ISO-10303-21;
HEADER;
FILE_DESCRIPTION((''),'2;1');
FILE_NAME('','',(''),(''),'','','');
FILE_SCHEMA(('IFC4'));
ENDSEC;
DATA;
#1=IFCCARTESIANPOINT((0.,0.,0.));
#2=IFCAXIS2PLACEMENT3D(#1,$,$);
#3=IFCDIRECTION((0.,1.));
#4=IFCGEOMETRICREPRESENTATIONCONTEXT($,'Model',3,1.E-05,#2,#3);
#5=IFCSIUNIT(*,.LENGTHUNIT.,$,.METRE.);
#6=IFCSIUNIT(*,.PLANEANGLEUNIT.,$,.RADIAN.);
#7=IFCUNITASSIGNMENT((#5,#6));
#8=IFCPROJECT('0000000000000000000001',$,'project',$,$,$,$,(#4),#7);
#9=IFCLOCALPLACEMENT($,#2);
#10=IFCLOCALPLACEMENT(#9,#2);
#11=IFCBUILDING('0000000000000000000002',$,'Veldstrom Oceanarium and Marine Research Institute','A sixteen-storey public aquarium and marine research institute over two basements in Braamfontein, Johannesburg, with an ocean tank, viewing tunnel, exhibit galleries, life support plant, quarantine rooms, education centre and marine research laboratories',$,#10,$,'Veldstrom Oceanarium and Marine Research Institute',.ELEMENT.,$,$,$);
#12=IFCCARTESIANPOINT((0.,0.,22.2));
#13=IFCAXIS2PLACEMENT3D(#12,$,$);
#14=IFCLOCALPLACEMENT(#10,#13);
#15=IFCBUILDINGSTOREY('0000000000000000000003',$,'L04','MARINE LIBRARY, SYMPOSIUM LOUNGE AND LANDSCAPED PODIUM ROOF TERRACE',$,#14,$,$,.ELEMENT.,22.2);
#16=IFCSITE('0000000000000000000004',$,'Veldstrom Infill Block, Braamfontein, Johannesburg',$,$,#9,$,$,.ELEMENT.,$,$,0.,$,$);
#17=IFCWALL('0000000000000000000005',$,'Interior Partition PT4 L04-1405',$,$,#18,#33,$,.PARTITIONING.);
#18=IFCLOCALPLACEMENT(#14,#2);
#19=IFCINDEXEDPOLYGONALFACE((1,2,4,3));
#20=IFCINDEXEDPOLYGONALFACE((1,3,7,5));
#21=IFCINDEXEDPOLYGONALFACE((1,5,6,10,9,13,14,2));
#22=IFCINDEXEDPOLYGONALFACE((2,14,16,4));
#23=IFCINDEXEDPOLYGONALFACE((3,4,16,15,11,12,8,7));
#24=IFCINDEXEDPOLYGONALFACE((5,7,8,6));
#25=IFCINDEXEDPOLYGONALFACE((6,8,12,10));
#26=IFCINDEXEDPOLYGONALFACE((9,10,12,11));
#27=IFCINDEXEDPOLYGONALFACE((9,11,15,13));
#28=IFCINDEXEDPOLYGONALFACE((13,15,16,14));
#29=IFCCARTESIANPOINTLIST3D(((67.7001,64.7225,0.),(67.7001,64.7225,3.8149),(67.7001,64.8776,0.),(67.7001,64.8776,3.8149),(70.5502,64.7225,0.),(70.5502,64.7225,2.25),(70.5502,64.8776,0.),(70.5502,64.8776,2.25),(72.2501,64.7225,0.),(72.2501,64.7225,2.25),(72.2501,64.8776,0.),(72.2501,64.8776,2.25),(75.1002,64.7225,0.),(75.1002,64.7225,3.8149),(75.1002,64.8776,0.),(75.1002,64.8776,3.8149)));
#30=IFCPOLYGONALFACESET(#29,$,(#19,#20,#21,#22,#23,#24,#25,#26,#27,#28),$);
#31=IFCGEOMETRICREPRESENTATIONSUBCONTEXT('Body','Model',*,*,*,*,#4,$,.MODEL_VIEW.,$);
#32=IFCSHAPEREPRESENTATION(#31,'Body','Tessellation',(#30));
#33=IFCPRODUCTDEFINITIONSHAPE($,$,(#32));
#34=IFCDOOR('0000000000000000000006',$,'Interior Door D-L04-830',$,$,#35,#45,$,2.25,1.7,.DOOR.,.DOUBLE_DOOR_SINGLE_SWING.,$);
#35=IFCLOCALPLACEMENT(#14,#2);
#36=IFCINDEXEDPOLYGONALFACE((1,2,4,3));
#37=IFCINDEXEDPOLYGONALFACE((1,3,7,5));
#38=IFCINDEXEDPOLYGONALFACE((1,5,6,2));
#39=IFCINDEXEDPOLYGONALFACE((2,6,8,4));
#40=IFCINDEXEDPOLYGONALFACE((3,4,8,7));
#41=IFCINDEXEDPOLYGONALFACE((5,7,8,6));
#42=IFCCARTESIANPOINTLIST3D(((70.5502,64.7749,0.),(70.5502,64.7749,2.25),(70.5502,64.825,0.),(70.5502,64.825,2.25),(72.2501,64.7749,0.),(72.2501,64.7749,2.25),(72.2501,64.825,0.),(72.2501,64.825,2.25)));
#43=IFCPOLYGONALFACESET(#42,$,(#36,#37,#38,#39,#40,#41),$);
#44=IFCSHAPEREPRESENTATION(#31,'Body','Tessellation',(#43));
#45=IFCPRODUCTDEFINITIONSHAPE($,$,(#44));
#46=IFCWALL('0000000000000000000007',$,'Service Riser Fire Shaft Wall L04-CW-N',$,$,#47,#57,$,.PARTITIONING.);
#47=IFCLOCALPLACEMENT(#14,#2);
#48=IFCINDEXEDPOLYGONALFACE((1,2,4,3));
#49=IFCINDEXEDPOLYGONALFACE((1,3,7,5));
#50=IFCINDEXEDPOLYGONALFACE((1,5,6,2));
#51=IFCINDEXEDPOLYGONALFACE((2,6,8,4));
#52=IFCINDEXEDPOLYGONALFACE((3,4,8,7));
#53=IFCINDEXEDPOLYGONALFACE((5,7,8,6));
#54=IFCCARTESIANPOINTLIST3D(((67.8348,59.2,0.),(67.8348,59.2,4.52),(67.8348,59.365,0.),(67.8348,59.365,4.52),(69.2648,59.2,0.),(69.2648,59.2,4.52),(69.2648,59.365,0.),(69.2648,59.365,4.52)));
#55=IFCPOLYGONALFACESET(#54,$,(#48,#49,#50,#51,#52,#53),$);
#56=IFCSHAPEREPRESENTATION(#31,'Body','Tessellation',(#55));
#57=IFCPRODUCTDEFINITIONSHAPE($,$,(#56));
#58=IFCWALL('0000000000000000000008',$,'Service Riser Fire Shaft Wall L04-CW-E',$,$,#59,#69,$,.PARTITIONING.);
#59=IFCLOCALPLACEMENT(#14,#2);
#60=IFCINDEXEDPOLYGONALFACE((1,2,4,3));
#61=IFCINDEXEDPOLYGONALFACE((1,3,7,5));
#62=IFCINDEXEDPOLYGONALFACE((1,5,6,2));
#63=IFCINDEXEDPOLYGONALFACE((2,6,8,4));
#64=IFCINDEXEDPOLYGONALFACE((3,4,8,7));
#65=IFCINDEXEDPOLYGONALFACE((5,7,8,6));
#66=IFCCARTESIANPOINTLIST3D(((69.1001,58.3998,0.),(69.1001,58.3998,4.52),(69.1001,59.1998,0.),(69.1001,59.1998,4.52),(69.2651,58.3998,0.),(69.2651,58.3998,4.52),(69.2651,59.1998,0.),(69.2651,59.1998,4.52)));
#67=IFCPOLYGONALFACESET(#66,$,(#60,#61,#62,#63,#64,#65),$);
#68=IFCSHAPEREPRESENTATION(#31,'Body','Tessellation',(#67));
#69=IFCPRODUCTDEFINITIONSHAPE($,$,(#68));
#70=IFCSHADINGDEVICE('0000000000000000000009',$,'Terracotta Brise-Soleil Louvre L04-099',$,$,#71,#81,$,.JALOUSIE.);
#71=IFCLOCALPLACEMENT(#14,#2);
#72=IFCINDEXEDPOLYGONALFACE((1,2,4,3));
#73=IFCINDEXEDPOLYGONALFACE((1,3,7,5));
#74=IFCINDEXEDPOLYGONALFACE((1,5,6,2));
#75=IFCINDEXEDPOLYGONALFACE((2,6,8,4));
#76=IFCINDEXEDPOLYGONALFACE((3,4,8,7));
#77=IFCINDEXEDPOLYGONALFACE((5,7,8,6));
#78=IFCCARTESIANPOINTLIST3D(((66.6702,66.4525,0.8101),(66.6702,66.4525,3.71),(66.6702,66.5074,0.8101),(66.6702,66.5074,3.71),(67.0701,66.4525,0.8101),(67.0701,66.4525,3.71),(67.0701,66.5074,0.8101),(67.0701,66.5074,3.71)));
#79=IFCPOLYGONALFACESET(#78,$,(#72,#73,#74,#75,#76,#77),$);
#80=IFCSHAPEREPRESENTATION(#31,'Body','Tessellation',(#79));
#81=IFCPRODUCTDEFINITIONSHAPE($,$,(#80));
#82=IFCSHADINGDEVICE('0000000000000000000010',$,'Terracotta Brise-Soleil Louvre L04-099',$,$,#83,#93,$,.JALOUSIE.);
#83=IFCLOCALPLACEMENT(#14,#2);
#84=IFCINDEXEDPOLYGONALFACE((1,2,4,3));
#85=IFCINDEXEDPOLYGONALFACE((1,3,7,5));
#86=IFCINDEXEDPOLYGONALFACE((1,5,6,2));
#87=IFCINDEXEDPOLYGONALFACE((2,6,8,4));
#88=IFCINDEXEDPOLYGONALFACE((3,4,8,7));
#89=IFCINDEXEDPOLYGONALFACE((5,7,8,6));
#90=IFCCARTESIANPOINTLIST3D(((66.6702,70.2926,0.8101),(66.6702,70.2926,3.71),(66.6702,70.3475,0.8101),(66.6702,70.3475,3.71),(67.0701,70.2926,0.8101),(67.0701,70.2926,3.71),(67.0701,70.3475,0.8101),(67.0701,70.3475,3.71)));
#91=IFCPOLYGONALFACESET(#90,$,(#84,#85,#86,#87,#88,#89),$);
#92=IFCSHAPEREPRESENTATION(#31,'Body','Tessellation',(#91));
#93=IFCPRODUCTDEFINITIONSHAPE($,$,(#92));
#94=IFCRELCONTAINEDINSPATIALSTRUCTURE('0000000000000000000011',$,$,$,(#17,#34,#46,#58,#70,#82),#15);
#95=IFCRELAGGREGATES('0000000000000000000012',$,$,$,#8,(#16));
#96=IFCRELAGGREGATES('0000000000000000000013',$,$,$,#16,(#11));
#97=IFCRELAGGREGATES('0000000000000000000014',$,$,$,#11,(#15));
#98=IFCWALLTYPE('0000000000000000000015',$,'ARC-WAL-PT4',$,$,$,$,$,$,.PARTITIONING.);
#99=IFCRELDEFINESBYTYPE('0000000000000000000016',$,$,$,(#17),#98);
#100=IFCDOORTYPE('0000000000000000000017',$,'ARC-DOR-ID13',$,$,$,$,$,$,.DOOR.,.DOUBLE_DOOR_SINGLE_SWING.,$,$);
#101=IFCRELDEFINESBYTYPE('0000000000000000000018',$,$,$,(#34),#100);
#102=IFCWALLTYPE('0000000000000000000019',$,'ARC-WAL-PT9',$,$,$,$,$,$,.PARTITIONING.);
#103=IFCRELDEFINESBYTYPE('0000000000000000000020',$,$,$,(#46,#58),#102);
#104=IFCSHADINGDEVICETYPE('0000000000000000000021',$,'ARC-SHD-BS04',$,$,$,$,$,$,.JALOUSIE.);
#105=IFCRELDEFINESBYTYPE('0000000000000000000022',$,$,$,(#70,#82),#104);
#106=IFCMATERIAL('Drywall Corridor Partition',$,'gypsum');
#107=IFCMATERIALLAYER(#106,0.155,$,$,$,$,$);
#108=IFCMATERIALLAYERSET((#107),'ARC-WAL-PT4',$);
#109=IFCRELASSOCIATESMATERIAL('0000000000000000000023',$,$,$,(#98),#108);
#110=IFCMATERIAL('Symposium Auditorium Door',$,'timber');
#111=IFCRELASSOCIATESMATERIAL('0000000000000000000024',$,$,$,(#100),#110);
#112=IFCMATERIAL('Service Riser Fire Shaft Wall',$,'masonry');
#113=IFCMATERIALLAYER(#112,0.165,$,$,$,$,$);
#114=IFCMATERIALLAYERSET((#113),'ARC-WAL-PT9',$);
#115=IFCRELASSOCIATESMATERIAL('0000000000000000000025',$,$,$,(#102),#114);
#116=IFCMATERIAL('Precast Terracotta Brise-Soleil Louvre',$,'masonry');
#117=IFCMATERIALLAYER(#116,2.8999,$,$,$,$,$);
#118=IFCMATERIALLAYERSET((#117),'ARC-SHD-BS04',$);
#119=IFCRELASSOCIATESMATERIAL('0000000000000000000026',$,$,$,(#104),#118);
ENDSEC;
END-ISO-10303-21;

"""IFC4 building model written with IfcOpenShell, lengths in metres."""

from ifc_helpers import new_model, si_unit, direction, frame, frame_2d, origin, origin_2d, place, context, subcontext, project, spatial, rectangle, extrude, material, layer, layer_set, type_object, element, fill, save


model = new_model("IFC4")

# Units and contexts
model_context = context("Model", 3, precision=1e-05, world=origin(), true_north=direction((0.0, 1.0)))
body_context = subcontext(model_context, "Body", "Model", "MODEL_VIEW")
ifc_project = project(units=[si_unit("LENGTHUNIT", "METRE"), si_unit("PLANEANGLEUNIT", "RADIAN")], contexts=[model_context])

# Site, building, storey
site_placement = place(None, origin())
site = spatial("IfcSite", under=ifc_project, at=site_placement, Name="Veldstrom Infill Block, Braamfontein, Johannesburg", CompositionType="ELEMENT", RefElevation=0.0)
building_placement = place(site_placement, origin())
building = spatial("IfcBuilding", under=site, at=building_placement, Name="Veldstrom Oceanarium and Marine Research Institute", Description="A sixteen-storey public aquarium and marine research institute over two basements in Braamfontein, Johannesburg, with an ocean tank, viewing tunnel, exhibit galleries, life support plant, quarantine rooms, education centre and marine research laboratories", LongName="Veldstrom Oceanarium and Marine Research Institute", CompositionType="ELEMENT")
storey_placement = place(building_placement, frame((0.0, 0.0, 22.2)))
storey = spatial("IfcBuildingStorey", under=building, at=storey_placement, Name="L04", Description="MARINE LIBRARY, SYMPOSIUM LOUNGE AND LANDSCAPED PODIUM ROOF TERRACE", CompositionType="ELEMENT", Elevation=22.2)

# Wall, opening, door
ifc_material_1 = material(Name="Drywall Corridor Partition", Category="gypsum")
ifc_layer_1 = layer(ifc_material_1, 0.155)
ifc_layer_set_1 = layer_set([ifc_layer_1], Name="ARC-WAL-PT4")
wall_type_1 = type_object("IfcWallType", Name="ARC-WAL-PT4", PredefinedType="PARTITIONING", material=ifc_layer_set_1)
wall_1_placement = place(storey_placement, frame((67.7, 64.8, 0.0), z_axis=(0.0, 0.0, 1.0), x_axis=(1.0, 0.0, 0.0)))
wall_1 = element("IfcWall", 1, at=wall_1_placement, inside=storey, type_object=wall_type_1, Name="Interior Partition PT4 L04-1405", PredefinedType="PARTITIONING", context=body_context, shape_type="SweptSolid", body=[
    extrude(rectangle(XDim=7.4001, YDim=0.155, at=frame_2d((3.7002, 0.0))), origin(), (0.0, 0.0, 1.0), 3.8149),
])
opening_1_placement = place(wall_1_placement, frame((2.8501, 0.0, 0.0)))
opening_1 = element("IfcOpeningElement", 2, at=opening_1_placement, cuts=wall_1, PredefinedType="OPENING", context=body_context, shape_type="SweptSolid", body=[
    extrude(rectangle(XDim=1.7, YDim=2.25, at=frame_2d((0.8501, 1.125))), frame((0.0, 0.0874, 0.0), z_axis=(0.0, -1.0, 0.0), x_axis=(1.0, 0.0, 0.0)), (0.0, 0.0, 1.0), 0.175),
])
ifc_material_2 = material(Name="Symposium Auditorium Door", Category="timber")
door_type = type_object("IfcDoorType", Name="ARC-DOR-ID13", OperationType="DOUBLE_DOOR_SINGLE_SWING", PredefinedType="DOOR", material=ifc_material_2)
door_placement = place(opening_1_placement, origin())
door = element("IfcDoor", 3, at=door_placement, inside=storey, type_object=door_type, Name="Interior Door D-L04-830", OperationType="DOUBLE_DOOR_SINGLE_SWING", OverallHeight=2.25, OverallWidth=1.7, PredefinedType="DOOR", context=body_context, shape_type="SweptSolid", body=[
    extrude(rectangle(XDim=1.7, YDim=2.25, at=frame_2d((0.8501, 1.125))), frame((0.0, 0.0249, 0.0), z_axis=(0.0, -1.0, 0.0), x_axis=(1.0, 0.0, 0.0)), (0.0, 0.0, 1.0), 0.05),
])
fill(opening_1, door)

# Walls
ifc_material_3 = material(Name="Service Riser Fire Shaft Wall", Category="masonry")
ifc_layer_2 = layer(ifc_material_3, 0.165)
ifc_layer_set_2 = layer_set([ifc_layer_2], Name="ARC-WAL-PT9")
wall_type_2 = type_object("IfcWallType", Name="ARC-WAL-PT9", PredefinedType="PARTITIONING", material=ifc_layer_set_2)
wall_2_placement = place(storey_placement, frame((67.835, 59.2825, 0.0), z_axis=(0.0, 0.0, 1.0), x_axis=(1.0, 0.0, 0.0)))
element("IfcWall", 4, at=wall_2_placement, inside=storey, type_object=wall_type_2, Name="Service Riser Fire Shaft Wall L04-CW-N", PredefinedType="PARTITIONING", context=body_context, shape_type="SweptSolid", body=[
    extrude(rectangle(XDim=1.4299, YDim=0.165, at=frame_2d((0.7148, 0.0))), origin(), (0.0, 0.0, 1.0), 4.52),
])
wall_3_placement = place(storey_placement, frame((69.1826, 58.3999, 0.0), z_axis=(0.0, 0.0, 1.0), x_axis=(0.0, 1.0, 0.0)))
element("IfcWall", 5, at=wall_3_placement, inside=storey, type_object=wall_type_2, Name="Service Riser Fire Shaft Wall L04-CW-E", PredefinedType="PARTITIONING", context=body_context, shape_type="SweptSolid", body=[
    extrude(rectangle(XDim=0.8, YDim=0.165, at=frame_2d((0.3999, 0.0))), origin(), (0.0, 0.0, 1.0), 4.52),
])

# Shading devices
ifc_material_4 = material(Name="Precast Terracotta Brise-Soleil Louvre", Category="masonry")
ifc_layer_3 = layer(ifc_material_4, 2.8999)
ifc_layer_set_3 = layer_set([ifc_layer_3], Name="ARC-SHD-BS04")
shading_device_type = type_object("IfcShadingDeviceType", Name="ARC-SHD-BS04", PredefinedType="JALOUSIE", material=ifc_layer_set_3)
for number, where, z_axis, x_axis, name in (
    (6, (66.8701, 66.48, 0.8101), (0.0, 0.0, 1.0), (1.0, 0.0, 0.0), "Terracotta Brise-Soleil Louvre L04-099"),
    (7, (66.8701, 70.3201, 0.8101), (0.0, 0.0, 1.0), (1.0, 0.0, 0.0), "Terracotta Brise-Soleil Louvre L04-099"),
):
    element("IfcShadingDevice", number, at=place(storey_placement, frame(where, z_axis=z_axis, x_axis=x_axis)), inside=storey, type_object=shading_device_type, Name=name, PredefinedType="JALOUSIE", context=body_context, shape_type="SweptSolid", body=[
        extrude(rectangle(XDim=0.3999, YDim=0.0549, at=origin_2d()), origin(), (0.0, 0.0, 1.0), 2.8999),
    ])

save(model, "model.ifc")
